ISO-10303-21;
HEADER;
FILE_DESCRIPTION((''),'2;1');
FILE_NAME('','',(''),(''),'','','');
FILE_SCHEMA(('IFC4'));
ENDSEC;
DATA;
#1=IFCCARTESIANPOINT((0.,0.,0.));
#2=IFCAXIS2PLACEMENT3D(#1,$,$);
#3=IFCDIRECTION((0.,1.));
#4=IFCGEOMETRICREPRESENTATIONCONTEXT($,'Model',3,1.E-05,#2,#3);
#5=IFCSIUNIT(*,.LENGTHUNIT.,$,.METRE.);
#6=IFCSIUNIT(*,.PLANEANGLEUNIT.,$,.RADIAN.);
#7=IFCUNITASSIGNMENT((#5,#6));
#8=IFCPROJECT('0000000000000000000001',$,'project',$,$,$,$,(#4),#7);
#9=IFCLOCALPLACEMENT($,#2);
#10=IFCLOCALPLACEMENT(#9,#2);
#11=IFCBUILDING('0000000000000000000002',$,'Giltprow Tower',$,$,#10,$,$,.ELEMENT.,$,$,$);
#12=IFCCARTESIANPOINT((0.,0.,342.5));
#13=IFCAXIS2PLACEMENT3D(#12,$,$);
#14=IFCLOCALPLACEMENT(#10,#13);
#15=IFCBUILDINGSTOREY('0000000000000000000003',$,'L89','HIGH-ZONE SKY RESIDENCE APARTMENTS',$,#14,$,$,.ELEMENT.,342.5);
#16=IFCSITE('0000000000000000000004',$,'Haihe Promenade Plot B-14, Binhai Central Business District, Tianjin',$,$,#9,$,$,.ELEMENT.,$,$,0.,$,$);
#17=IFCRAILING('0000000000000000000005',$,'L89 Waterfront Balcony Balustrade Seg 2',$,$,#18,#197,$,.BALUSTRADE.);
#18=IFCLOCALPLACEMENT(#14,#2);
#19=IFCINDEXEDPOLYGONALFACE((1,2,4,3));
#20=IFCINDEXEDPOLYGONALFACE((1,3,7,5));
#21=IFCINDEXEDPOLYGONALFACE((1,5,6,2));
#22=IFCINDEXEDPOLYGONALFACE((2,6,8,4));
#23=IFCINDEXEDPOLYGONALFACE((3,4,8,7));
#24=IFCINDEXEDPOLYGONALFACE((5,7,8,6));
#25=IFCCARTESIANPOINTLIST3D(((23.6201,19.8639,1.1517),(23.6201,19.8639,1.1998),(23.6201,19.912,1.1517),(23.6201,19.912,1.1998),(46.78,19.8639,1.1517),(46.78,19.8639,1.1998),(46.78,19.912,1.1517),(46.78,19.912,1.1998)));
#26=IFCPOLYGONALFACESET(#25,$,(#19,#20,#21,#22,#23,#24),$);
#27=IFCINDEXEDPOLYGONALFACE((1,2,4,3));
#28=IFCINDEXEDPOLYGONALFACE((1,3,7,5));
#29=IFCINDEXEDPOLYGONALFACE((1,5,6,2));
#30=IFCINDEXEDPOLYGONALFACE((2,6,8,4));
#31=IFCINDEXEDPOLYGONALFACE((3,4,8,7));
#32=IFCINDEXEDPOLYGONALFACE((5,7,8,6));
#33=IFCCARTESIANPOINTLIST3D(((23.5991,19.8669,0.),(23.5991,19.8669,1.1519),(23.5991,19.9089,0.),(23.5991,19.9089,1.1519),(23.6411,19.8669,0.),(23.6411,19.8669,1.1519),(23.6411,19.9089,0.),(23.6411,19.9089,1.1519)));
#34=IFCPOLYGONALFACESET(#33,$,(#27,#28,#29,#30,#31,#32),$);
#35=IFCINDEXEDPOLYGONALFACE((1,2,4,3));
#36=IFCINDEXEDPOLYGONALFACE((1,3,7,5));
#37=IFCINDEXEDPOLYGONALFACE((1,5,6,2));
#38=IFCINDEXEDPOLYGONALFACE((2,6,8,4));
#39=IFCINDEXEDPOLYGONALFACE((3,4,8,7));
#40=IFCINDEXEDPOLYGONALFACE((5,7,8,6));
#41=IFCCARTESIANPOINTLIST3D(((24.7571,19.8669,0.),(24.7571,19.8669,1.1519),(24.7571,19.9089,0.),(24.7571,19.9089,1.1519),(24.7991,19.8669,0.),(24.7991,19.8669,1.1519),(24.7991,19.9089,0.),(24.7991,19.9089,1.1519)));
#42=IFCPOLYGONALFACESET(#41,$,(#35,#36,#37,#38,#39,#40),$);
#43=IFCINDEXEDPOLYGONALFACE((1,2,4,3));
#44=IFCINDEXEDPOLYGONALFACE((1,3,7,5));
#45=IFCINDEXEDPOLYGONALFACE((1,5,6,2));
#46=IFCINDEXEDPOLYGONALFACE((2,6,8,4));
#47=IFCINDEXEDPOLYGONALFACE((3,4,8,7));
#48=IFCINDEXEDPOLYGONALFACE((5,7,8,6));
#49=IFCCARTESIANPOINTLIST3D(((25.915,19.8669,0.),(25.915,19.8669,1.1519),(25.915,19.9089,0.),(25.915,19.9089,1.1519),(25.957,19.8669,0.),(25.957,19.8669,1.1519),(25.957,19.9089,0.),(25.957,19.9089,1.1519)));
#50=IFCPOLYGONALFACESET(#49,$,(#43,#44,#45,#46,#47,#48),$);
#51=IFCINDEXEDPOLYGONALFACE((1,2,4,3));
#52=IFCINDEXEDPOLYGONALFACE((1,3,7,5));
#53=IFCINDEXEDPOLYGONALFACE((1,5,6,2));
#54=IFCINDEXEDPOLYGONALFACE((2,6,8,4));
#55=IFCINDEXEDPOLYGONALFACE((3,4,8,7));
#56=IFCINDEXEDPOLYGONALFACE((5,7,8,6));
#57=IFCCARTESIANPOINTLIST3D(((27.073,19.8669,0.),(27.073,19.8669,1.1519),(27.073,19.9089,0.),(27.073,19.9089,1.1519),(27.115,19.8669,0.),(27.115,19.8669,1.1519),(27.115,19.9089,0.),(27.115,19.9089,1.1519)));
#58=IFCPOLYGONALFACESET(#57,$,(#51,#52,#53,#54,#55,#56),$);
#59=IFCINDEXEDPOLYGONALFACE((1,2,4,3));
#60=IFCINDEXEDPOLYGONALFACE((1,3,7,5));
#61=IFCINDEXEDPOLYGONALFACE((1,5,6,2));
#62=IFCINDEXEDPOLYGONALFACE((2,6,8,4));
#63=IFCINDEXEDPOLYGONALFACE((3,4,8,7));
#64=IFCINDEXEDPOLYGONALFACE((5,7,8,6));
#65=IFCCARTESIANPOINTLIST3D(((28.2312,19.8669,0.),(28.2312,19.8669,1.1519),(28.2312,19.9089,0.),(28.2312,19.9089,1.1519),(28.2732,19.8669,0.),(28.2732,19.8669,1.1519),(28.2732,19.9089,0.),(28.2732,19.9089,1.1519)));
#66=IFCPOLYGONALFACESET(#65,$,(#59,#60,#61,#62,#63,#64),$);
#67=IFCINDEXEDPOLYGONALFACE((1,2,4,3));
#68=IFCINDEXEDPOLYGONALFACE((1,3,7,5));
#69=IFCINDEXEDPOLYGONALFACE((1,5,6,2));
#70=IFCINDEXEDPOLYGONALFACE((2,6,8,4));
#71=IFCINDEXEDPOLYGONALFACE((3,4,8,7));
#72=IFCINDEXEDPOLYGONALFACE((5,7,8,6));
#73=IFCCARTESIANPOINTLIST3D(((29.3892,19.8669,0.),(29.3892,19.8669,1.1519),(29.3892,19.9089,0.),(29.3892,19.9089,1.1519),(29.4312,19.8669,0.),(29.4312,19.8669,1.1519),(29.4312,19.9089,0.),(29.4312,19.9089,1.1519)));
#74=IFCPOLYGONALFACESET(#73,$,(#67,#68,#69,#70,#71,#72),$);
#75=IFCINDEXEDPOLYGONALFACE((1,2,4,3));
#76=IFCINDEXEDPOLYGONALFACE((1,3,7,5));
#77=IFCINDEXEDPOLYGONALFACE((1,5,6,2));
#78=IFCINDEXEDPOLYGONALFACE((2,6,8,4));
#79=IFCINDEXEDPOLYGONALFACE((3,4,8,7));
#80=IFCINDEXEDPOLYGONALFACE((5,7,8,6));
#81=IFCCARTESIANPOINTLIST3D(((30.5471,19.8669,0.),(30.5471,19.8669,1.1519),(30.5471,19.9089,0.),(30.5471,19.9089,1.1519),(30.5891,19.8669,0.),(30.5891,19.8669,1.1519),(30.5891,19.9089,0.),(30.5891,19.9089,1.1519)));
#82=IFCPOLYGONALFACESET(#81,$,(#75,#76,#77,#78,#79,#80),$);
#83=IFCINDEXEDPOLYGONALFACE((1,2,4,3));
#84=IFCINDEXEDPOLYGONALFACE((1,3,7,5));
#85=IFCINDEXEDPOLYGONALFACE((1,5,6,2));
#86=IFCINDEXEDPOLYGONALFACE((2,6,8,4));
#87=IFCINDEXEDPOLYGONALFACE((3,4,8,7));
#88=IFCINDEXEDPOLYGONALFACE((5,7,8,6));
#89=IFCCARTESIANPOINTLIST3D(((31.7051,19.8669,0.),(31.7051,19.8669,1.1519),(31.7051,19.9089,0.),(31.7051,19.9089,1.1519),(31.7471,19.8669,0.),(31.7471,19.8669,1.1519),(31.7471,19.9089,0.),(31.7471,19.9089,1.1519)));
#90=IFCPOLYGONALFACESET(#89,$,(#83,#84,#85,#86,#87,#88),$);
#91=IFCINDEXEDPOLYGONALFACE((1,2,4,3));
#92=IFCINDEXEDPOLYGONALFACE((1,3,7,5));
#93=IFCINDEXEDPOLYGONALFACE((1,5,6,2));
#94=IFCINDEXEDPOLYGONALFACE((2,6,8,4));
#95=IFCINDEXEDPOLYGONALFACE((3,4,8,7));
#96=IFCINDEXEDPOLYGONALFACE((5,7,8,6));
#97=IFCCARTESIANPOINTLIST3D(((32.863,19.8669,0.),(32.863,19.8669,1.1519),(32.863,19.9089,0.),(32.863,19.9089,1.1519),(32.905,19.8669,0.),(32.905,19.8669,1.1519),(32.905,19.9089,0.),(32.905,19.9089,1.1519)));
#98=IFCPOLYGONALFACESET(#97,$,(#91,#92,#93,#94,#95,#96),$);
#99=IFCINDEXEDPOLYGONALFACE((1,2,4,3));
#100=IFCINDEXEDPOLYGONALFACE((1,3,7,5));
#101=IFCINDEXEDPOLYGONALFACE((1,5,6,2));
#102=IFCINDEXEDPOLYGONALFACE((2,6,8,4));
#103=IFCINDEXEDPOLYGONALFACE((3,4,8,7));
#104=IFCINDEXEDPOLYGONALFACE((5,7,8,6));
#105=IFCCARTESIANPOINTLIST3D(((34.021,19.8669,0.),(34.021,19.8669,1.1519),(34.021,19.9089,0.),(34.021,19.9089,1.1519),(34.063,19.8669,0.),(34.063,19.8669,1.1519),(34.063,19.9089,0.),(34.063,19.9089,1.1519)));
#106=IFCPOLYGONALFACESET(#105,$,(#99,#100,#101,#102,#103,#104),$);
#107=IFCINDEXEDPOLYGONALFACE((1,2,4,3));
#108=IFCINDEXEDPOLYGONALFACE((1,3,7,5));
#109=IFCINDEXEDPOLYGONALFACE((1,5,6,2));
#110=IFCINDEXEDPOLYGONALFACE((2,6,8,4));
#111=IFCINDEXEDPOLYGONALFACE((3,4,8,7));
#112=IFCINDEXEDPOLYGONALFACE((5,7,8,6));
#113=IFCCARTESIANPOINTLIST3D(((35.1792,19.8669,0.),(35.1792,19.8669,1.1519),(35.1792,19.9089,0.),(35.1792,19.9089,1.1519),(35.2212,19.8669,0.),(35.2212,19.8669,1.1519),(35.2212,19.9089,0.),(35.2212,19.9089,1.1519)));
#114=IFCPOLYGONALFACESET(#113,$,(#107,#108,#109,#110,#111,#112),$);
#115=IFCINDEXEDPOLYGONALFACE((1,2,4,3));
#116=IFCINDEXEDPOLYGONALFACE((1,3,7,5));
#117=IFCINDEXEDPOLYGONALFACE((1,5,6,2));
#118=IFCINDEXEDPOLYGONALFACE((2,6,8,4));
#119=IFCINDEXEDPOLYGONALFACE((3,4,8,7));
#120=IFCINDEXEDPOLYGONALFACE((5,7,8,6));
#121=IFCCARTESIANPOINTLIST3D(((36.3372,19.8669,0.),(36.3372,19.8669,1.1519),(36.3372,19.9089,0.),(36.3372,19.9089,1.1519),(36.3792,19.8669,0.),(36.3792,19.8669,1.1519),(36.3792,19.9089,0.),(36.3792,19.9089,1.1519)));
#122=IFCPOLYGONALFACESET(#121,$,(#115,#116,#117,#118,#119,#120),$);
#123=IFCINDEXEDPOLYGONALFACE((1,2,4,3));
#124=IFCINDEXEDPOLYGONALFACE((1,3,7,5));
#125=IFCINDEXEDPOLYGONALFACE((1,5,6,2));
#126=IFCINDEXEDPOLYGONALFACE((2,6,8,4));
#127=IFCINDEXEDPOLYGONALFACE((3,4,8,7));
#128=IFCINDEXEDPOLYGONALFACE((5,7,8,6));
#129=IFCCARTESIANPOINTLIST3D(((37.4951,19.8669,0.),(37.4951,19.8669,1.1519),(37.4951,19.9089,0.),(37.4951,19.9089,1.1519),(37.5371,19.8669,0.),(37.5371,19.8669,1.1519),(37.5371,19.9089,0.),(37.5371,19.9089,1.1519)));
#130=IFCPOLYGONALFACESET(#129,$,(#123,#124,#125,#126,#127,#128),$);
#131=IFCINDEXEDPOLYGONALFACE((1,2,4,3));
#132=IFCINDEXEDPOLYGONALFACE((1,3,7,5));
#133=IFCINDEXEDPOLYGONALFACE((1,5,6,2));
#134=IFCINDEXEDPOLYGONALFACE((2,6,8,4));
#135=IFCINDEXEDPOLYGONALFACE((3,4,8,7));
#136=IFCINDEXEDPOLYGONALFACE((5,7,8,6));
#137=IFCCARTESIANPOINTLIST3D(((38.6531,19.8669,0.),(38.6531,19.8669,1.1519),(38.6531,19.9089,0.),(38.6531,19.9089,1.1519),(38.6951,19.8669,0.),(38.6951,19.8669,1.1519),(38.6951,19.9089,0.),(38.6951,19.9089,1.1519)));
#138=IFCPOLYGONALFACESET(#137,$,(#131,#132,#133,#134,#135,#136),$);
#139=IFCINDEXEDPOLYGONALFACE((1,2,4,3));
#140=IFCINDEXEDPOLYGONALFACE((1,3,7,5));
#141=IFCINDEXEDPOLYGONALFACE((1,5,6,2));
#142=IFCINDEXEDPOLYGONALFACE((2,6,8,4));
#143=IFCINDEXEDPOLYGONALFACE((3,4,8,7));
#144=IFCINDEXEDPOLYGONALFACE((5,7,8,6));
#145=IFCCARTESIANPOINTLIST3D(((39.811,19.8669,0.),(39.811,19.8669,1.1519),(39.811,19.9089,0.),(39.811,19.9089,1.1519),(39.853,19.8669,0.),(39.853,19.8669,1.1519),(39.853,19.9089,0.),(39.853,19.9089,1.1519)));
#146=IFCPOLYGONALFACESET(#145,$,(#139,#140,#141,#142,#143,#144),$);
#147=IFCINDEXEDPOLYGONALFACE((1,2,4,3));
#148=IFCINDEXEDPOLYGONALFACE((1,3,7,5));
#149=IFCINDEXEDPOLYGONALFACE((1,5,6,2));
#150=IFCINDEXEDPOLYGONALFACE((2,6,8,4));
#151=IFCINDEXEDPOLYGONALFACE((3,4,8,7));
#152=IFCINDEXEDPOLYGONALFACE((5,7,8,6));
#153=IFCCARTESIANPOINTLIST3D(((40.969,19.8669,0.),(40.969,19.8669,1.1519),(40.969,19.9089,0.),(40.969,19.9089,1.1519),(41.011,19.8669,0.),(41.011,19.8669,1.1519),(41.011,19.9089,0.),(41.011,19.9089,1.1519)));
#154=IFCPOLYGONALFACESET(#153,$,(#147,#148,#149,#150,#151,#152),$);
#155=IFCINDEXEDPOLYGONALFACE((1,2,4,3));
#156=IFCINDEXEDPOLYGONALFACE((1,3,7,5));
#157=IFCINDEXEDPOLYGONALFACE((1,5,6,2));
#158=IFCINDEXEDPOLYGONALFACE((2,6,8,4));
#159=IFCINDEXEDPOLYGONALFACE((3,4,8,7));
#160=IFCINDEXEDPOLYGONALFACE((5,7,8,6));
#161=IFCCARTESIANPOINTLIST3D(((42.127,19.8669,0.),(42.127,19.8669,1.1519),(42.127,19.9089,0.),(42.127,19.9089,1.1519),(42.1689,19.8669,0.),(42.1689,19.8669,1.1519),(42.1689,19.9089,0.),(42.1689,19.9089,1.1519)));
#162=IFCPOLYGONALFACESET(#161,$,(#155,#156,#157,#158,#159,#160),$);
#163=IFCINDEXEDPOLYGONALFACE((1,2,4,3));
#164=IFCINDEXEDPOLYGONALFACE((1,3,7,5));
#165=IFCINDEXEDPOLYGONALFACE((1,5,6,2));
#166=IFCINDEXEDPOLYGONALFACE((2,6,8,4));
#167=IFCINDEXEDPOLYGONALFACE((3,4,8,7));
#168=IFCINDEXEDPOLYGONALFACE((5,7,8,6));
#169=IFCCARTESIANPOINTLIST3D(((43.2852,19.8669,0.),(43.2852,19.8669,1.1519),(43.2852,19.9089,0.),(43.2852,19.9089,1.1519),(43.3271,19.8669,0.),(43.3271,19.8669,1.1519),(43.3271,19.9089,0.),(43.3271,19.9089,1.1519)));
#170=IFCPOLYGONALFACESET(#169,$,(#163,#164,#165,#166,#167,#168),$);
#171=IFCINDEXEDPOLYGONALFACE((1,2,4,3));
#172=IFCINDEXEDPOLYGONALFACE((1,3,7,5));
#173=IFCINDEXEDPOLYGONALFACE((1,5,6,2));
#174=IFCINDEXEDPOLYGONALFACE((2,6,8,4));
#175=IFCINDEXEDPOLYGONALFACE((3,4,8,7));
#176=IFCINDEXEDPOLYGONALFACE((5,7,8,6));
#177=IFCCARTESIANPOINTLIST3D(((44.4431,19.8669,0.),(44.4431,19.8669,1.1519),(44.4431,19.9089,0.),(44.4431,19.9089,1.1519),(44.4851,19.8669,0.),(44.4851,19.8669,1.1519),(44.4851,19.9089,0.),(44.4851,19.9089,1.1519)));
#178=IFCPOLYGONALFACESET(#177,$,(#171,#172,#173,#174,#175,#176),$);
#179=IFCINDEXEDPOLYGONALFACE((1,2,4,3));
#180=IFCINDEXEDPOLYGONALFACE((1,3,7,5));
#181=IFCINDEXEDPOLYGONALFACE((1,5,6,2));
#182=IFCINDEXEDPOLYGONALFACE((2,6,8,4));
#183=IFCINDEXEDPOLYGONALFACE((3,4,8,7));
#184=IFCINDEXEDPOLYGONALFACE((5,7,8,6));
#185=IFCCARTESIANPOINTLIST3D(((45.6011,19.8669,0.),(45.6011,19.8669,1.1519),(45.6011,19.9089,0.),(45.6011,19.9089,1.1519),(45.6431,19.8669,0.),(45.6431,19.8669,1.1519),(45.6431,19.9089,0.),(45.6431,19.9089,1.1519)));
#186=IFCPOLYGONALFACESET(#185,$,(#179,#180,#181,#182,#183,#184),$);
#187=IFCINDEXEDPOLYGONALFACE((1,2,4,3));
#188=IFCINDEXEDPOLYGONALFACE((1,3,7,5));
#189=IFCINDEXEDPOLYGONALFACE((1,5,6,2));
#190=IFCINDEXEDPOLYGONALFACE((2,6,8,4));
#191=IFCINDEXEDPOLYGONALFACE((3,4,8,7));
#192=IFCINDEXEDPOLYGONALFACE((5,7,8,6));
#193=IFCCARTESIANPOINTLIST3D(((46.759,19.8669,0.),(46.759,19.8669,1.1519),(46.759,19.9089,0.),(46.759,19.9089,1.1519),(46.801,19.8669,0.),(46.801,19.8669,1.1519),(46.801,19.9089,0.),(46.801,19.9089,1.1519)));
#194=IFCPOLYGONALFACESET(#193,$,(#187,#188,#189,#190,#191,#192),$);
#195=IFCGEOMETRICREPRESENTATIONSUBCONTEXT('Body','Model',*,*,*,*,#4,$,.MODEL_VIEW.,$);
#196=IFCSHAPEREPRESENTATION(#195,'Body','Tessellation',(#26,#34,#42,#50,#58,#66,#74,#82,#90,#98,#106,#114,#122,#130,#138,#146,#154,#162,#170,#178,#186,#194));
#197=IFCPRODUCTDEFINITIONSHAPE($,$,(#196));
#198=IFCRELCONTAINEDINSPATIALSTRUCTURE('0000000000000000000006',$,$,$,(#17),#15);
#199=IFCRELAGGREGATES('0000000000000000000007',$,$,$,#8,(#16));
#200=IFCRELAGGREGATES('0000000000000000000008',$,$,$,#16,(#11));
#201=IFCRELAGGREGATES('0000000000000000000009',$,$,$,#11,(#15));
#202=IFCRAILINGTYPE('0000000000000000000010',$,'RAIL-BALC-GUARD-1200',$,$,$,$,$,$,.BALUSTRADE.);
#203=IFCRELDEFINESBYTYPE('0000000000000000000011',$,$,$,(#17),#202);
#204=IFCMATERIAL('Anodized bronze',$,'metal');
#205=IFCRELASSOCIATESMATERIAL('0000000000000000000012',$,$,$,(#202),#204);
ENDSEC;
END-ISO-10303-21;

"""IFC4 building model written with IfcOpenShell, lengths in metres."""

from ifc_helpers import new_model, si_unit, direction, frame, origin, origin_2d, place, context, subcontext, project, spatial, rectangle, extrude, material, type_object, element, save


model = new_model("IFC4")

# Units and contexts
model_context = context("Model", 3, precision=1e-05, world=origin(), true_north=direction((0.0, 1.0)))
body_context = subcontext(model_context, "Body", "Model", "MODEL_VIEW")
ifc_project = project(units=[si_unit("LENGTHUNIT", "METRE"), si_unit("PLANEANGLEUNIT", "RADIAN")], contexts=[model_context])

# Site, building, storey
site_placement = place(None, origin())
site = spatial("IfcSite", under=ifc_project, at=site_placement, Name="Haihe Promenade Plot B-14, Binhai Central Business District, Tianjin", CompositionType="ELEMENT", RefElevation=0.0)
building_placement = place(site_placement, origin())
building = spatial("IfcBuilding", under=site, at=building_placement, Name="Giltprow Tower", CompositionType="ELEMENT")
storey_placement = place(building_placement, frame((0.0, 0.0, 342.5)))
storey = spatial("IfcBuildingStorey", under=building, at=storey_placement, Name="L89", Description="HIGH-ZONE SKY RESIDENCE APARTMENTS", CompositionType="ELEMENT", Elevation=342.5)

# Shared definitions
ifc_material_1 = material(Name="Anodized bronze", Category="metal")

# Railing
railing_type = type_object("IfcRailingType", Name="RAIL-BALC-GUARD-1200", PredefinedType="BALUSTRADE", material=ifc_material_1)
railing_1_placement = place(storey_placement, frame((23.6201, 19.8879, 0.0)))
element("IfcRailing", 1, at=railing_1_placement, inside=storey, type_object=railing_type, Name="L89 Waterfront Balcony Balustrade Seg 2", PredefinedType="BALUSTRADE", context=body_context, shape_type="SweptSolid", body=[
    extrude(rectangle(XDim=0.0481, YDim=0.0481, at=origin_2d()), frame((0.0, 0.0, 1.1758), z_axis=(1.0, 0.0, 0.0), x_axis=(0.0, 1.0, 0.0)), (0.0, 0.0, 1.0), 23.1599),
    extrude(rectangle(XDim=0.042, YDim=0.042, at=origin_2d()), origin(), (0.0, 0.0, 1.0), 1.1519),
    extrude(rectangle(XDim=0.042, YDim=0.042, at=origin_2d()), frame((1.158, 0.0, 0.0)), (0.0, 0.0, 1.0), 1.1519),
    extrude(rectangle(XDim=0.042, YDim=0.042, at=origin_2d()), frame((2.3159, 0.0, 0.0)), (0.0, 0.0, 1.0), 1.1519),
    extrude(rectangle(XDim=0.042, YDim=0.042, at=origin_2d()), frame((3.4739, 0.0, 0.0)), (0.0, 0.0, 1.0), 1.1519),
    extrude(rectangle(XDim=0.042, YDim=0.042, at=origin_2d()), frame((4.6321, 0.0, 0.0)), (0.0, 0.0, 1.0), 1.1519),
    extrude(rectangle(XDim=0.042, YDim=0.042, at=origin_2d()), frame((5.79, 0.0, 0.0)), (0.0, 0.0, 1.0), 1.1519),
    extrude(rectangle(XDim=0.042, YDim=0.042, at=origin_2d()), frame((6.948, 0.0, 0.0)), (0.0, 0.0, 1.0), 1.1519),
    extrude(rectangle(XDim=0.042, YDim=0.042, at=origin_2d()), frame((8.106, 0.0, 0.0)), (0.0, 0.0, 1.0), 1.1519),
    extrude(rectangle(XDim=0.042, YDim=0.042, at=origin_2d()), frame((9.2639, 0.0, 0.0)), (0.0, 0.0, 1.0), 1.1519),
    extrude(rectangle(XDim=0.042, YDim=0.042, at=origin_2d()), frame((10.4219, 0.0, 0.0)), (0.0, 0.0, 1.0), 1.1519),
    extrude(rectangle(XDim=0.042, YDim=0.042, at=origin_2d()), frame((11.5801, 0.0, 0.0)), (0.0, 0.0, 1.0), 1.1519),
    extrude(rectangle(XDim=0.042, YDim=0.042, at=origin_2d()), frame((12.738, 0.0, 0.0)), (0.0, 0.0, 1.0), 1.1519),
    extrude(rectangle(XDim=0.042, YDim=0.042, at=origin_2d()), frame((13.896, 0.0, 0.0)), (0.0, 0.0, 1.0), 1.1519),
    extrude(rectangle(XDim=0.042, YDim=0.042, at=origin_2d()), frame((15.054, 0.0, 0.0)), (0.0, 0.0, 1.0), 1.1519),
    extrude(rectangle(XDim=0.042, YDim=0.042, at=origin_2d()), frame((16.2119, 0.0, 0.0)), (0.0, 0.0, 1.0), 1.1519),
    extrude(rectangle(XDim=0.042, YDim=0.042, at=origin_2d()), frame((17.3699, 0.0, 0.0)), (0.0, 0.0, 1.0), 1.1519),
    extrude(rectangle(XDim=0.042, YDim=0.042, at=origin_2d()), frame((18.5278, 0.0, 0.0)), (0.0, 0.0, 1.0), 1.1519),
    extrude(rectangle(XDim=0.042, YDim=0.042, at=origin_2d()), frame((19.686, 0.0, 0.0)), (0.0, 0.0, 1.0), 1.1519),
    extrude(rectangle(XDim=0.042, YDim=0.042, at=origin_2d()), frame((20.844, 0.0, 0.0)), (0.0, 0.0, 1.0), 1.1519),
    extrude(rectangle(XDim=0.042, YDim=0.042, at=origin_2d()), frame((22.002, 0.0, 0.0)), (0.0, 0.0, 1.0), 1.1519),
    extrude(rectangle(XDim=0.042, YDim=0.042, at=origin_2d()), frame((23.1599, 0.0, 0.0)), (0.0, 0.0, 1.0), 1.1519),
])

save(model, "model.ifc")
